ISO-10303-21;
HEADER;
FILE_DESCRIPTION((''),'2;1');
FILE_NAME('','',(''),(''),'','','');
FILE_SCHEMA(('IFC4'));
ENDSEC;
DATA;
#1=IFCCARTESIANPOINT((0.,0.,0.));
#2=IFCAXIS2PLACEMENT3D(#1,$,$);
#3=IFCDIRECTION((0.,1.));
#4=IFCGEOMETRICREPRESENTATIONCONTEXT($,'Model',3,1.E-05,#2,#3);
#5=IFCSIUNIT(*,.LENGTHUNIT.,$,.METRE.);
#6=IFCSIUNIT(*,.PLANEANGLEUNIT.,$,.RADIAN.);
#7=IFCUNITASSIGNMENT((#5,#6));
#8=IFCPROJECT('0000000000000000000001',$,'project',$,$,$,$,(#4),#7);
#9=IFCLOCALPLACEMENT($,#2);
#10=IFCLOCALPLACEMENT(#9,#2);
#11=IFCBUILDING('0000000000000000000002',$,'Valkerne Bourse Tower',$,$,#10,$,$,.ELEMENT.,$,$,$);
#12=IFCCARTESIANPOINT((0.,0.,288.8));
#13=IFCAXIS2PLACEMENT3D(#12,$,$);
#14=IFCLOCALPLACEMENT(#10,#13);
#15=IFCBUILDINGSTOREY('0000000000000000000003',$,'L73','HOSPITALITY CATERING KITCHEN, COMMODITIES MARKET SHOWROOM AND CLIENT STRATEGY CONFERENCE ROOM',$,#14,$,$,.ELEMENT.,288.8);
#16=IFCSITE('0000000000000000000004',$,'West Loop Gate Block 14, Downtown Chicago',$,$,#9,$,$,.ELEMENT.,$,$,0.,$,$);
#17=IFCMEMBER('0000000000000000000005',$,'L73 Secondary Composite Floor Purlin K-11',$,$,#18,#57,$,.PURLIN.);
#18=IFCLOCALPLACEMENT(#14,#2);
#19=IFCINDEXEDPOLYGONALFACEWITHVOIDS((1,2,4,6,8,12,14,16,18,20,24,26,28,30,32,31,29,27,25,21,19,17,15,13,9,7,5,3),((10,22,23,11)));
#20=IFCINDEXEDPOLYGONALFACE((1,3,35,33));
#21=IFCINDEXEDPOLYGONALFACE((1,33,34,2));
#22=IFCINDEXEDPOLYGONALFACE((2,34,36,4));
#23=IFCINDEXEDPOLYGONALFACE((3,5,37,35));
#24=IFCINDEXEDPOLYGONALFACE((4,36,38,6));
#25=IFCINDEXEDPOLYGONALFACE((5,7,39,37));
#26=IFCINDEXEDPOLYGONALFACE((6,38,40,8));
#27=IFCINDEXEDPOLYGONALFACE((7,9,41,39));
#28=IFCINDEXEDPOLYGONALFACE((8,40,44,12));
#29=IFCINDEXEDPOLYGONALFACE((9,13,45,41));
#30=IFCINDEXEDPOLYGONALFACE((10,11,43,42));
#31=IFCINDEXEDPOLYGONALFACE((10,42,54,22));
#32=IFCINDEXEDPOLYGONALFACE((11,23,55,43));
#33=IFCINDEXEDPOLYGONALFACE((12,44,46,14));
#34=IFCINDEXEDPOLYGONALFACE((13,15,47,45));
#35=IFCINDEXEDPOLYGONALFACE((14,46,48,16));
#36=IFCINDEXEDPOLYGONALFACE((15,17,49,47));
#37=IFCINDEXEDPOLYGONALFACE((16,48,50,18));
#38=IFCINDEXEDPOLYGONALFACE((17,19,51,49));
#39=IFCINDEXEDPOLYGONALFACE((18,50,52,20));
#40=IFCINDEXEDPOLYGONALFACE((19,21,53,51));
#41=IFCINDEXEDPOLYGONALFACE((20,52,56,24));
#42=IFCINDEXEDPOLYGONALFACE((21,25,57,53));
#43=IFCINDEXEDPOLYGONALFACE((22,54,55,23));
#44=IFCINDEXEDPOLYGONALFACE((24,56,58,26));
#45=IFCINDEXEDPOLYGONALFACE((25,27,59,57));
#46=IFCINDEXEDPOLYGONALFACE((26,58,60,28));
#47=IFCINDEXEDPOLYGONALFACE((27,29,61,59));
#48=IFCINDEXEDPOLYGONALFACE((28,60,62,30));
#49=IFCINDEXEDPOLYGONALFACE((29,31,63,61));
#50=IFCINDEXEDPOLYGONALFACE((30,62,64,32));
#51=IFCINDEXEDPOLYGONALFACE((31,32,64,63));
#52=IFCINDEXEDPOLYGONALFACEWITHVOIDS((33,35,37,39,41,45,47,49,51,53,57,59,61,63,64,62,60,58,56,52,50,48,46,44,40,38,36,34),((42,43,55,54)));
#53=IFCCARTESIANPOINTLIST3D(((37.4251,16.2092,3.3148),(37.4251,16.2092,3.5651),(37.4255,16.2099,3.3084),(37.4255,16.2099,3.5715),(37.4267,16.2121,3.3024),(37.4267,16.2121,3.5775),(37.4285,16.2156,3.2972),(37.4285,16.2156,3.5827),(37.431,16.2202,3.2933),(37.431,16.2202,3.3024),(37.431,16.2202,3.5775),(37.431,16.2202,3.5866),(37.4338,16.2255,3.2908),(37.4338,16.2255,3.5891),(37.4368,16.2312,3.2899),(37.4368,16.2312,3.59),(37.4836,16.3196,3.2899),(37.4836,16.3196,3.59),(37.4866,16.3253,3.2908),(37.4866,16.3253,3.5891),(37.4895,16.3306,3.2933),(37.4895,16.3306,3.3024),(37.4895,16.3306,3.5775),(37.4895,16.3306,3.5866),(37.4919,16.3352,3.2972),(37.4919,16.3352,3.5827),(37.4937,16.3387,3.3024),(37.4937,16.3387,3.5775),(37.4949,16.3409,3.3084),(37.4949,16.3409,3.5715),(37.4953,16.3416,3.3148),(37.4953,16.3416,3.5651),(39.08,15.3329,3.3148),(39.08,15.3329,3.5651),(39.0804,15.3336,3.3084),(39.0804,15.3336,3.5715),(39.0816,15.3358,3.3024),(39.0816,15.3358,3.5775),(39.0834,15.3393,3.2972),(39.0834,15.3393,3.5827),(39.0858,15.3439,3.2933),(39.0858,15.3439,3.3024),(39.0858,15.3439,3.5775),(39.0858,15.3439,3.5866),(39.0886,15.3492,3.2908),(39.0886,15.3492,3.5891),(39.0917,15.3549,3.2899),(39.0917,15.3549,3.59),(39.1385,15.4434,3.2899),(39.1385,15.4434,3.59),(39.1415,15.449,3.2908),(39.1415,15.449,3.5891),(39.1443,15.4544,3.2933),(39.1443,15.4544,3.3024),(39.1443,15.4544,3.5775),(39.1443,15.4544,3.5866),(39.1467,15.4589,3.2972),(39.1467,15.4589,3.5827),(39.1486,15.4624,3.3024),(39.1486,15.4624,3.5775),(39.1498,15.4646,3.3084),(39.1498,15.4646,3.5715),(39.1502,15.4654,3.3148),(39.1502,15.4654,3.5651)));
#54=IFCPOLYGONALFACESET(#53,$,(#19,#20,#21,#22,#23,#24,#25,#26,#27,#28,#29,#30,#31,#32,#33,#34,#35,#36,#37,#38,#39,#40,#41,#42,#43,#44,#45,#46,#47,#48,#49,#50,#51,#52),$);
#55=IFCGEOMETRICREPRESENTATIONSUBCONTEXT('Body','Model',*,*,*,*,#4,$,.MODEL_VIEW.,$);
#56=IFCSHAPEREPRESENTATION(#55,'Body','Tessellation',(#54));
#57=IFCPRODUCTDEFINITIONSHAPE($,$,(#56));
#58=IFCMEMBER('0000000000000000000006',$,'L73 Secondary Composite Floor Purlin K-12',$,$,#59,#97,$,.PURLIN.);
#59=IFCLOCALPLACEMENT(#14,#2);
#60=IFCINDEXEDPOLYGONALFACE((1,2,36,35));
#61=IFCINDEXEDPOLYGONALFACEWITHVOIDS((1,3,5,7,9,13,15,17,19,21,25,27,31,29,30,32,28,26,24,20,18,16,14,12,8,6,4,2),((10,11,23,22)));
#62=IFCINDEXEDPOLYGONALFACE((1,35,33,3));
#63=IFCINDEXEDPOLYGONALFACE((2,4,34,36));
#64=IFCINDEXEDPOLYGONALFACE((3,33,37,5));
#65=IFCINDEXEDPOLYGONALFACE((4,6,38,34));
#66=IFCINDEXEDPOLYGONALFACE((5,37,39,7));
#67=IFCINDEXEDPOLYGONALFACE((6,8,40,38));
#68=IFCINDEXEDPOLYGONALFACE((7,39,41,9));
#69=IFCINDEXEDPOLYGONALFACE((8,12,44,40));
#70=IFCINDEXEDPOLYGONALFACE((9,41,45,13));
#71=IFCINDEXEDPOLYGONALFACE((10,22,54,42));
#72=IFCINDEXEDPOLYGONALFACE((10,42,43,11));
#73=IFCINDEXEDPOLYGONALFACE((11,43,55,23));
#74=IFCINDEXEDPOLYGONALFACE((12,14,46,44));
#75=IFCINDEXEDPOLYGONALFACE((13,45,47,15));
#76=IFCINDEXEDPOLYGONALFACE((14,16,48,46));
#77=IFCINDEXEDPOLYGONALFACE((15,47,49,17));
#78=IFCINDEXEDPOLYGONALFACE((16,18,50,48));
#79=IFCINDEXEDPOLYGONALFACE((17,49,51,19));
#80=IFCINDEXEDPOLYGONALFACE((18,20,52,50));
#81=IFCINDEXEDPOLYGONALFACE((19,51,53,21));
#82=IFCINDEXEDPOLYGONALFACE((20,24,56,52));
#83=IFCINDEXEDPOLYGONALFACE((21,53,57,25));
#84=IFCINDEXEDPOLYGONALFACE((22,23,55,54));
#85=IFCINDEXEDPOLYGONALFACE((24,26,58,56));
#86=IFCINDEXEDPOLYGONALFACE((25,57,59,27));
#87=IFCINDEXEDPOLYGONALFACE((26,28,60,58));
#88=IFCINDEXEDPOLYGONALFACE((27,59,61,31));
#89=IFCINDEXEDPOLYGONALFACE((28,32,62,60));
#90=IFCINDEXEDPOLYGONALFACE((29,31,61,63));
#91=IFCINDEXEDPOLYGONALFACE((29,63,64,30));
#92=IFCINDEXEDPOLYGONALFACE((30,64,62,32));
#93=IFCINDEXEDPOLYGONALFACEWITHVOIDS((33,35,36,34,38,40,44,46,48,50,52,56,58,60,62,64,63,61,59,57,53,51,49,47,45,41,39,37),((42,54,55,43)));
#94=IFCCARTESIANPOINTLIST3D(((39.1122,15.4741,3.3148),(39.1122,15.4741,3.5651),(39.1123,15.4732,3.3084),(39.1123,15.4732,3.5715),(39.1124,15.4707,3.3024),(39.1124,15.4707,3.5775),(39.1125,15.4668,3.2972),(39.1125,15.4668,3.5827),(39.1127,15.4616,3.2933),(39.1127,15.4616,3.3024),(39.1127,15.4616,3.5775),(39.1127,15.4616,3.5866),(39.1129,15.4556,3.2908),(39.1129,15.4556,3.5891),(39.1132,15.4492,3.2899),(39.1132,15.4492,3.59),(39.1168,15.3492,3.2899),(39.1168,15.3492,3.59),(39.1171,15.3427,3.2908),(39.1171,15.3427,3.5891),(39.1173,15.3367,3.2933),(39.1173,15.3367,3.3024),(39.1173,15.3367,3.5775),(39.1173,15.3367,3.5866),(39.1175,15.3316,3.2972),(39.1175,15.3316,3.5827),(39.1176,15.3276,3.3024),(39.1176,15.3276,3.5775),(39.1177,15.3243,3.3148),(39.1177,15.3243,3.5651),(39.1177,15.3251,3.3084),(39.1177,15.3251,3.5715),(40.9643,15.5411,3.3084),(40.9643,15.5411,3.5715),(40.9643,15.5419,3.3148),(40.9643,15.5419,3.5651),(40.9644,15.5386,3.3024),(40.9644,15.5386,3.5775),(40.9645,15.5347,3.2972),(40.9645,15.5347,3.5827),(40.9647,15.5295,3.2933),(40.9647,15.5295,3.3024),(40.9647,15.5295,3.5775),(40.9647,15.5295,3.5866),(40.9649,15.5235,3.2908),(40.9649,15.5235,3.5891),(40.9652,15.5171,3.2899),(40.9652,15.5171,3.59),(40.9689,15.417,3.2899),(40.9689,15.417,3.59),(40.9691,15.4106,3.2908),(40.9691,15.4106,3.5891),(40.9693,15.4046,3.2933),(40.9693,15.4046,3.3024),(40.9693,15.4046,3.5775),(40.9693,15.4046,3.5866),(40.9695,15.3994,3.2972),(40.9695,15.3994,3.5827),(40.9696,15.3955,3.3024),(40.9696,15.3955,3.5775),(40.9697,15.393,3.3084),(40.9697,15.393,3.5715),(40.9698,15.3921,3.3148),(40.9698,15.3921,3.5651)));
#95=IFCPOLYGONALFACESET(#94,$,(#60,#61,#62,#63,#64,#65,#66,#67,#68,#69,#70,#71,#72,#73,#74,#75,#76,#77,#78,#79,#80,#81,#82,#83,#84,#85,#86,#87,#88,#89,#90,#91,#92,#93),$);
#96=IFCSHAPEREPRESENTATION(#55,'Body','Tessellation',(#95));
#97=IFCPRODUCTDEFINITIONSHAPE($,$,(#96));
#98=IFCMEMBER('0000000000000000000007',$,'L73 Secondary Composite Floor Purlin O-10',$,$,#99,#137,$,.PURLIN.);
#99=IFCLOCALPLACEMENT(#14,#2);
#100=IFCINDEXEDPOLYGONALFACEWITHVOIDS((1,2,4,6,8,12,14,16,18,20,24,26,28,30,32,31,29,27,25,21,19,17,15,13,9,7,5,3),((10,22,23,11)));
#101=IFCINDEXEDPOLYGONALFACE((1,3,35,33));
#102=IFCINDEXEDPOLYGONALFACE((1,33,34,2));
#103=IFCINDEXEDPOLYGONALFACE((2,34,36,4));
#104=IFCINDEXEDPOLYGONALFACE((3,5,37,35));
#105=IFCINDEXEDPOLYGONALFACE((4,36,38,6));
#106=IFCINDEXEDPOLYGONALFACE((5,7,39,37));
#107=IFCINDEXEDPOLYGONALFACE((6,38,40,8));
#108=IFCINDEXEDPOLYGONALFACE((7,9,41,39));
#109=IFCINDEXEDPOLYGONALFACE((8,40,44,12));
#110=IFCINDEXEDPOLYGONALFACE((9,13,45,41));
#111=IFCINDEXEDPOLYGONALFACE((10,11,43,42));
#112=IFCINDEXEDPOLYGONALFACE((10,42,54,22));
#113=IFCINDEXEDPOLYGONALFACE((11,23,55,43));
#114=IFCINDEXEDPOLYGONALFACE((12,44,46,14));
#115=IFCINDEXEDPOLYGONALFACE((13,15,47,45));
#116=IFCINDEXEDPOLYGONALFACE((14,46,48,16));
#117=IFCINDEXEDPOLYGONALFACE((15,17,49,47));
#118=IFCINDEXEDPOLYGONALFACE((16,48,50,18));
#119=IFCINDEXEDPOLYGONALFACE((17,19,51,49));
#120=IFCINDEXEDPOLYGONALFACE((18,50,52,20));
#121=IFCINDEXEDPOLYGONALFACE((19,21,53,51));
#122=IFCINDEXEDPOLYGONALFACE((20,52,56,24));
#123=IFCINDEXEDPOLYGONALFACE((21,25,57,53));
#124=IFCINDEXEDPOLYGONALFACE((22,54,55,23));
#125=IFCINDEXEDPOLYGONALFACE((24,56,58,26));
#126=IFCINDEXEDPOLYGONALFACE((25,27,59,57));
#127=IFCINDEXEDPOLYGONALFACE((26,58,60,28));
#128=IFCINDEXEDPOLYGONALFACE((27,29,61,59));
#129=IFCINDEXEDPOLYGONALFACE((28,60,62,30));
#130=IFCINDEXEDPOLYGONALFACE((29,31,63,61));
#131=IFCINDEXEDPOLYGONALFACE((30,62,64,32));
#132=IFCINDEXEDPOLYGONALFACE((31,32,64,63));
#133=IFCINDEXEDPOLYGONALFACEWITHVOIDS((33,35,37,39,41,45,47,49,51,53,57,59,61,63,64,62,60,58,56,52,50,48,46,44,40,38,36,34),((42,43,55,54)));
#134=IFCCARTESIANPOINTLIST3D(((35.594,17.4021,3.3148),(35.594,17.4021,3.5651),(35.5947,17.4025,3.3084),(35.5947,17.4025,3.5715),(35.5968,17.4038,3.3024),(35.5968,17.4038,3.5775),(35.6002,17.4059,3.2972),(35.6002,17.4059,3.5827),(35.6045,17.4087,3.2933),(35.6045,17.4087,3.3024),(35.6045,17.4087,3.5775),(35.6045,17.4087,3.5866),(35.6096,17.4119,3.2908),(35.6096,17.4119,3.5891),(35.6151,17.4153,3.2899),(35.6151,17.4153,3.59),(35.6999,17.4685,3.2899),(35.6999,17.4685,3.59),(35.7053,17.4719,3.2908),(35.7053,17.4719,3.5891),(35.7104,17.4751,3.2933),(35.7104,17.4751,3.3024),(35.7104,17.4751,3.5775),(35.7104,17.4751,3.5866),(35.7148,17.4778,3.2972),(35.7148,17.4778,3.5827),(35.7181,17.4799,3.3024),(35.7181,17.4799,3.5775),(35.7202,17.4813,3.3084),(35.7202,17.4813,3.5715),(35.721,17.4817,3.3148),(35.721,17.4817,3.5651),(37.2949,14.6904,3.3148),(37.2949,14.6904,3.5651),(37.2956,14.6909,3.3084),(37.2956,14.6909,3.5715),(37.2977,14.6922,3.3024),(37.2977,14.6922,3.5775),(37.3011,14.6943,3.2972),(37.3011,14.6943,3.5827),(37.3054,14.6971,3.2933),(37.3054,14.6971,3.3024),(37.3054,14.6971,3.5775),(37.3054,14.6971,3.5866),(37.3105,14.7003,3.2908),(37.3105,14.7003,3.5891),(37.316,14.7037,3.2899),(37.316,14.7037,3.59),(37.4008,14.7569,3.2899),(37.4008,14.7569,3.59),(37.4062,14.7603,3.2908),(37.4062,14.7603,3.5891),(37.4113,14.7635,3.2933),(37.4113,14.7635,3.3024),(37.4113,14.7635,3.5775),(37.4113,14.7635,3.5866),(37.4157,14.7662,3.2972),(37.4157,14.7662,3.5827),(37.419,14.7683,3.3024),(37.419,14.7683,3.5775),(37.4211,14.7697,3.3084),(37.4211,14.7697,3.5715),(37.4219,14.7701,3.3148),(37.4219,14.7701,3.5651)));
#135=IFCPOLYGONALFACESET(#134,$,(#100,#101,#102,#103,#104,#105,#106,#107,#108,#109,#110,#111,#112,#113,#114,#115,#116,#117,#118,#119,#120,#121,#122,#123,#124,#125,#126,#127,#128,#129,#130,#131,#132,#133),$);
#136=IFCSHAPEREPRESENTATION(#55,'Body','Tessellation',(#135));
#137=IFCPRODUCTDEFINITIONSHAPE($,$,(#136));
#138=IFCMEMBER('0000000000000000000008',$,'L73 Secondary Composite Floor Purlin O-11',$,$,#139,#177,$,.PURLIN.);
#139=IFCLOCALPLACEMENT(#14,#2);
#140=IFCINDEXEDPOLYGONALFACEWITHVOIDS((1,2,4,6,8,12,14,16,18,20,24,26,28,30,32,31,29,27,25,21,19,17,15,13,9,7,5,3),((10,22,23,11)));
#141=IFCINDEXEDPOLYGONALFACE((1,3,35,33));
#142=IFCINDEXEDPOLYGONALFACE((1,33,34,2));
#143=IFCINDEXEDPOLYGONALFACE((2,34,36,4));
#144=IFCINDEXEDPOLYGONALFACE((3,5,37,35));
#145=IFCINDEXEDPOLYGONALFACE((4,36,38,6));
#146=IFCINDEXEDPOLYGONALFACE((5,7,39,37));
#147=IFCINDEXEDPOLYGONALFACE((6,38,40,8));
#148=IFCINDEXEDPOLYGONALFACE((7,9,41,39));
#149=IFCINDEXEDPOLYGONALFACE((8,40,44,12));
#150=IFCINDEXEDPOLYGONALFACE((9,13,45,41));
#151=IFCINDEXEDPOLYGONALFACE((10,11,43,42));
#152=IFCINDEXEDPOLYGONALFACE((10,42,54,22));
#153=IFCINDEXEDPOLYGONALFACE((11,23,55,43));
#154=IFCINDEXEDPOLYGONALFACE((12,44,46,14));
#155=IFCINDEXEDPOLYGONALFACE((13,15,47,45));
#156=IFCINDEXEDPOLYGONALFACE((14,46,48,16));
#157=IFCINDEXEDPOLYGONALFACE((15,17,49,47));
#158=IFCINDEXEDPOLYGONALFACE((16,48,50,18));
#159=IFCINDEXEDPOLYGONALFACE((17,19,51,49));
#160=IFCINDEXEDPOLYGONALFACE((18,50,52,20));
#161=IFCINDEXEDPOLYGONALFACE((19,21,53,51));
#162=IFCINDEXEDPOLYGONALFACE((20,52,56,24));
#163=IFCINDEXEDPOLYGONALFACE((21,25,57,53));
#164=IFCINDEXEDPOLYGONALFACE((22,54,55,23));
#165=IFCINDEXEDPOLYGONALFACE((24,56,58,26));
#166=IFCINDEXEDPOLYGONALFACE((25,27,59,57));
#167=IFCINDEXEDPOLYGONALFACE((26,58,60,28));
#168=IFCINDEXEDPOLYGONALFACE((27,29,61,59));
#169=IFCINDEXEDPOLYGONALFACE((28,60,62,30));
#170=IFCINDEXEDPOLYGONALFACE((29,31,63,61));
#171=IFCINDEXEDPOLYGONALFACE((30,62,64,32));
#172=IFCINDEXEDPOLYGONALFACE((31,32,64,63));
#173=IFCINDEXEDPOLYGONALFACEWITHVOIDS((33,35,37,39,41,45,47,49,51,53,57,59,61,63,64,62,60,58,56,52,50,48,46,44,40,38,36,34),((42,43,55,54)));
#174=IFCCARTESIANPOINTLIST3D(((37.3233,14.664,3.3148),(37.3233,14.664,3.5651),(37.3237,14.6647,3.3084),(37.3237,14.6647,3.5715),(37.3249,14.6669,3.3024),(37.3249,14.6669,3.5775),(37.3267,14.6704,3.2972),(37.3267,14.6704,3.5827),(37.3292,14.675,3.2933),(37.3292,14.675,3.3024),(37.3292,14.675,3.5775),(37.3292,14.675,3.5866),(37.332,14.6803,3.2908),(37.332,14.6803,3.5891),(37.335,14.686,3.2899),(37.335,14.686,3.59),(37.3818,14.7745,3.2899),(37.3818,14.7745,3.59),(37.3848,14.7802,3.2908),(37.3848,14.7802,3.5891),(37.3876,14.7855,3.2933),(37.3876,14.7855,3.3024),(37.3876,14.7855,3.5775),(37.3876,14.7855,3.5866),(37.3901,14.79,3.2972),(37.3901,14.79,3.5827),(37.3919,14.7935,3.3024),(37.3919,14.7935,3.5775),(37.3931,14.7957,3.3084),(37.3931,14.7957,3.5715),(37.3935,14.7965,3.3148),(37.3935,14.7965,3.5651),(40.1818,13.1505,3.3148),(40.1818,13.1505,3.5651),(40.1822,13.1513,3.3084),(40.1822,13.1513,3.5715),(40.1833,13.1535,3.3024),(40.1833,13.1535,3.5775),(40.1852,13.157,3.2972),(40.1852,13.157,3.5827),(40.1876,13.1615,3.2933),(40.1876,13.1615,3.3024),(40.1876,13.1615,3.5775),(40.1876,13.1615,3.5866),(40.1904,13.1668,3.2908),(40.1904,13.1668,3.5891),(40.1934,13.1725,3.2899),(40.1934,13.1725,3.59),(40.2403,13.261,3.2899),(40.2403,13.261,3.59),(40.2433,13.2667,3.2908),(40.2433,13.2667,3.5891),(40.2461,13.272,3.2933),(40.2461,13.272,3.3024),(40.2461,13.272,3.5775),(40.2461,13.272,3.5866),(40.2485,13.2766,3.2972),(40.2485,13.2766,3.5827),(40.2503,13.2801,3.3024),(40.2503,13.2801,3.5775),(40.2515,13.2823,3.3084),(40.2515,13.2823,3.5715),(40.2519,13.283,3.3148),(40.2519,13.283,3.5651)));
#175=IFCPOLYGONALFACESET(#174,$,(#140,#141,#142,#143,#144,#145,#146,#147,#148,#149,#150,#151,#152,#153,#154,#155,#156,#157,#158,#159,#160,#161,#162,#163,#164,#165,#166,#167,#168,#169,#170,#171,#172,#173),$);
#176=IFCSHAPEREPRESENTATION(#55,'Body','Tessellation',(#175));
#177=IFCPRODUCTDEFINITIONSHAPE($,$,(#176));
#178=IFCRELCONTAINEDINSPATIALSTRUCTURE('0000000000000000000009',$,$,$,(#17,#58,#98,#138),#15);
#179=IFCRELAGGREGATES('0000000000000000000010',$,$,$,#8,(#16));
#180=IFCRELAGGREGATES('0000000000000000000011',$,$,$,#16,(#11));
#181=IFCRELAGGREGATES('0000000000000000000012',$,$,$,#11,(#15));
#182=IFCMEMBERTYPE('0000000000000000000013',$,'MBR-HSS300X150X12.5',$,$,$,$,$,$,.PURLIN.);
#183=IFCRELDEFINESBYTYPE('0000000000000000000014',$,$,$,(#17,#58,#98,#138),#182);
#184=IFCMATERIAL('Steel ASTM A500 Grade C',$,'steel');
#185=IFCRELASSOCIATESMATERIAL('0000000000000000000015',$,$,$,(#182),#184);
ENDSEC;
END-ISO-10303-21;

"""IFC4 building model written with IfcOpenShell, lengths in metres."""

from ifc_helpers import new_model, si_unit, direction, frame, origin, origin_2d, place, context, subcontext, project, spatial, hollow_rectangle, extrude, material, material_profile, profile_set, type_object, element, save


model = new_model("IFC4")

# Units and contexts
model_context = context("Model", 3, precision=1e-05, world=origin(), true_north=direction((0.0, 1.0)))
body_context = subcontext(model_context, "Body", "Model", "MODEL_VIEW")
ifc_project = project(units=[si_unit("LENGTHUNIT", "METRE"), si_unit("PLANEANGLEUNIT", "RADIAN")], contexts=[model_context])

# Site, building, storey
site_placement = place(None, origin())
site = spatial("IfcSite", under=ifc_project, at=site_placement, Name="West Loop Gate Block 14, Downtown Chicago", CompositionType="ELEMENT", RefElevation=0.0)
building_placement = place(site_placement, origin())
building = spatial("IfcBuilding", under=site, at=building_placement, Name="Valkerne Bourse Tower", CompositionType="ELEMENT")
storey_placement = place(building_placement, frame((0.0, 0.0, 288.8)))
storey = spatial("IfcBuildingStorey", under=building, at=storey_placement, Name="L73", Description="HOSPITALITY CATERING KITCHEN, COMMODITIES MARKET SHOWROOM AND CLIENT STRATEGY CONFERENCE ROOM", CompositionType="ELEMENT", Elevation=288.8)

# Members
ifc_material_1 = material(Name="Steel ASTM A500 Grade C", Category="steel")
ifc_material_profile_1 = material_profile(ifc_material_1, hollow_rectangle(XDim=0.1499, YDim=0.3, WallThickness=0.0125, OuterFilletRadius=0.0249, at=origin_2d()), Name="HSS300X150X12.5")
ifc_profile_set_1 = profile_set([ifc_material_profile_1], Name="Steel ASTM A500 Grade C")
member_type_1 = type_object("IfcMemberType", Name="MBR-HSS300X150X12.5", PredefinedType="PURLIN", material=ifc_profile_set_1)
member_1_placement = place(storey_placement, frame((37.4602, 16.2754, 3.4399), z_axis=(0.883753, -0.467954, 0.0), x_axis=(0.467954, 0.883753, 0.0)))
element("IfcMember", 1, at=member_1_placement, inside=storey, type_object=member_type_1, Name="L73 Secondary Composite Floor Purlin K-11", PredefinedType="PURLIN", context=body_context, shape_type="SweptSolid", body=[
    extrude(hollow_rectangle(XDim=0.1499, YDim=0.3, WallThickness=0.0125, OuterFilletRadius=0.0249, at=origin_2d()), origin(), (0.0, 0.0, 1.0), 1.8726),
])
member_2_placement = place(storey_placement, frame((39.115, 15.3992, 3.4399), z_axis=(0.999329, 0.036622, 0.0), x_axis=(-0.036622, 0.999329, 0.0)))
element("IfcMember", 2, at=member_2_placement, inside=storey, type_object=member_type_1, Name="L73 Secondary Composite Floor Purlin K-12", PredefinedType="PURLIN", context=body_context, shape_type="SweptSolid", body=[
    extrude(hollow_rectangle(XDim=0.1499, YDim=0.3, WallThickness=0.0125, OuterFilletRadius=0.0249, at=origin_2d()), origin(), (0.0, 0.0, 1.0), 1.8533),
])
member_3_placement = place(storey_placement, frame((35.6575, 17.4419, 3.4399), z_axis=(0.531376, -0.847136, 0.0), x_axis=(0.847136, 0.531376, 0.0)))
element("IfcMember", 3, at=member_3_placement, inside=storey, type_object=member_type_1, Name="L73 Secondary Composite Floor Purlin O-10", PredefinedType="PURLIN", context=body_context, shape_type="SweptSolid", body=[
    extrude(hollow_rectangle(XDim=0.1499, YDim=0.3, WallThickness=0.0125, OuterFilletRadius=0.0249, at=origin_2d()), origin(), (0.0, 0.0, 1.0), 3.2009),
])
member_4_placement = place(storey_placement, frame((37.3584, 14.7302, 3.4399), z_axis=(0.883768, -0.467926, 0.0), x_axis=(0.467926, 0.883768, 0.0)))
element("IfcMember", 4, at=member_4_placement, inside=storey, type_object=member_type_1, Name="L73 Secondary Composite Floor Purlin O-11", PredefinedType="PURLIN", context=body_context, shape_type="SweptSolid", body=[
    extrude(hollow_rectangle(XDim=0.1499, YDim=0.3, WallThickness=0.0125, OuterFilletRadius=0.0249, at=origin_2d()), origin(), (0.0, 0.0, 1.0), 3.2344),
])

save(model, "model.ifc")
